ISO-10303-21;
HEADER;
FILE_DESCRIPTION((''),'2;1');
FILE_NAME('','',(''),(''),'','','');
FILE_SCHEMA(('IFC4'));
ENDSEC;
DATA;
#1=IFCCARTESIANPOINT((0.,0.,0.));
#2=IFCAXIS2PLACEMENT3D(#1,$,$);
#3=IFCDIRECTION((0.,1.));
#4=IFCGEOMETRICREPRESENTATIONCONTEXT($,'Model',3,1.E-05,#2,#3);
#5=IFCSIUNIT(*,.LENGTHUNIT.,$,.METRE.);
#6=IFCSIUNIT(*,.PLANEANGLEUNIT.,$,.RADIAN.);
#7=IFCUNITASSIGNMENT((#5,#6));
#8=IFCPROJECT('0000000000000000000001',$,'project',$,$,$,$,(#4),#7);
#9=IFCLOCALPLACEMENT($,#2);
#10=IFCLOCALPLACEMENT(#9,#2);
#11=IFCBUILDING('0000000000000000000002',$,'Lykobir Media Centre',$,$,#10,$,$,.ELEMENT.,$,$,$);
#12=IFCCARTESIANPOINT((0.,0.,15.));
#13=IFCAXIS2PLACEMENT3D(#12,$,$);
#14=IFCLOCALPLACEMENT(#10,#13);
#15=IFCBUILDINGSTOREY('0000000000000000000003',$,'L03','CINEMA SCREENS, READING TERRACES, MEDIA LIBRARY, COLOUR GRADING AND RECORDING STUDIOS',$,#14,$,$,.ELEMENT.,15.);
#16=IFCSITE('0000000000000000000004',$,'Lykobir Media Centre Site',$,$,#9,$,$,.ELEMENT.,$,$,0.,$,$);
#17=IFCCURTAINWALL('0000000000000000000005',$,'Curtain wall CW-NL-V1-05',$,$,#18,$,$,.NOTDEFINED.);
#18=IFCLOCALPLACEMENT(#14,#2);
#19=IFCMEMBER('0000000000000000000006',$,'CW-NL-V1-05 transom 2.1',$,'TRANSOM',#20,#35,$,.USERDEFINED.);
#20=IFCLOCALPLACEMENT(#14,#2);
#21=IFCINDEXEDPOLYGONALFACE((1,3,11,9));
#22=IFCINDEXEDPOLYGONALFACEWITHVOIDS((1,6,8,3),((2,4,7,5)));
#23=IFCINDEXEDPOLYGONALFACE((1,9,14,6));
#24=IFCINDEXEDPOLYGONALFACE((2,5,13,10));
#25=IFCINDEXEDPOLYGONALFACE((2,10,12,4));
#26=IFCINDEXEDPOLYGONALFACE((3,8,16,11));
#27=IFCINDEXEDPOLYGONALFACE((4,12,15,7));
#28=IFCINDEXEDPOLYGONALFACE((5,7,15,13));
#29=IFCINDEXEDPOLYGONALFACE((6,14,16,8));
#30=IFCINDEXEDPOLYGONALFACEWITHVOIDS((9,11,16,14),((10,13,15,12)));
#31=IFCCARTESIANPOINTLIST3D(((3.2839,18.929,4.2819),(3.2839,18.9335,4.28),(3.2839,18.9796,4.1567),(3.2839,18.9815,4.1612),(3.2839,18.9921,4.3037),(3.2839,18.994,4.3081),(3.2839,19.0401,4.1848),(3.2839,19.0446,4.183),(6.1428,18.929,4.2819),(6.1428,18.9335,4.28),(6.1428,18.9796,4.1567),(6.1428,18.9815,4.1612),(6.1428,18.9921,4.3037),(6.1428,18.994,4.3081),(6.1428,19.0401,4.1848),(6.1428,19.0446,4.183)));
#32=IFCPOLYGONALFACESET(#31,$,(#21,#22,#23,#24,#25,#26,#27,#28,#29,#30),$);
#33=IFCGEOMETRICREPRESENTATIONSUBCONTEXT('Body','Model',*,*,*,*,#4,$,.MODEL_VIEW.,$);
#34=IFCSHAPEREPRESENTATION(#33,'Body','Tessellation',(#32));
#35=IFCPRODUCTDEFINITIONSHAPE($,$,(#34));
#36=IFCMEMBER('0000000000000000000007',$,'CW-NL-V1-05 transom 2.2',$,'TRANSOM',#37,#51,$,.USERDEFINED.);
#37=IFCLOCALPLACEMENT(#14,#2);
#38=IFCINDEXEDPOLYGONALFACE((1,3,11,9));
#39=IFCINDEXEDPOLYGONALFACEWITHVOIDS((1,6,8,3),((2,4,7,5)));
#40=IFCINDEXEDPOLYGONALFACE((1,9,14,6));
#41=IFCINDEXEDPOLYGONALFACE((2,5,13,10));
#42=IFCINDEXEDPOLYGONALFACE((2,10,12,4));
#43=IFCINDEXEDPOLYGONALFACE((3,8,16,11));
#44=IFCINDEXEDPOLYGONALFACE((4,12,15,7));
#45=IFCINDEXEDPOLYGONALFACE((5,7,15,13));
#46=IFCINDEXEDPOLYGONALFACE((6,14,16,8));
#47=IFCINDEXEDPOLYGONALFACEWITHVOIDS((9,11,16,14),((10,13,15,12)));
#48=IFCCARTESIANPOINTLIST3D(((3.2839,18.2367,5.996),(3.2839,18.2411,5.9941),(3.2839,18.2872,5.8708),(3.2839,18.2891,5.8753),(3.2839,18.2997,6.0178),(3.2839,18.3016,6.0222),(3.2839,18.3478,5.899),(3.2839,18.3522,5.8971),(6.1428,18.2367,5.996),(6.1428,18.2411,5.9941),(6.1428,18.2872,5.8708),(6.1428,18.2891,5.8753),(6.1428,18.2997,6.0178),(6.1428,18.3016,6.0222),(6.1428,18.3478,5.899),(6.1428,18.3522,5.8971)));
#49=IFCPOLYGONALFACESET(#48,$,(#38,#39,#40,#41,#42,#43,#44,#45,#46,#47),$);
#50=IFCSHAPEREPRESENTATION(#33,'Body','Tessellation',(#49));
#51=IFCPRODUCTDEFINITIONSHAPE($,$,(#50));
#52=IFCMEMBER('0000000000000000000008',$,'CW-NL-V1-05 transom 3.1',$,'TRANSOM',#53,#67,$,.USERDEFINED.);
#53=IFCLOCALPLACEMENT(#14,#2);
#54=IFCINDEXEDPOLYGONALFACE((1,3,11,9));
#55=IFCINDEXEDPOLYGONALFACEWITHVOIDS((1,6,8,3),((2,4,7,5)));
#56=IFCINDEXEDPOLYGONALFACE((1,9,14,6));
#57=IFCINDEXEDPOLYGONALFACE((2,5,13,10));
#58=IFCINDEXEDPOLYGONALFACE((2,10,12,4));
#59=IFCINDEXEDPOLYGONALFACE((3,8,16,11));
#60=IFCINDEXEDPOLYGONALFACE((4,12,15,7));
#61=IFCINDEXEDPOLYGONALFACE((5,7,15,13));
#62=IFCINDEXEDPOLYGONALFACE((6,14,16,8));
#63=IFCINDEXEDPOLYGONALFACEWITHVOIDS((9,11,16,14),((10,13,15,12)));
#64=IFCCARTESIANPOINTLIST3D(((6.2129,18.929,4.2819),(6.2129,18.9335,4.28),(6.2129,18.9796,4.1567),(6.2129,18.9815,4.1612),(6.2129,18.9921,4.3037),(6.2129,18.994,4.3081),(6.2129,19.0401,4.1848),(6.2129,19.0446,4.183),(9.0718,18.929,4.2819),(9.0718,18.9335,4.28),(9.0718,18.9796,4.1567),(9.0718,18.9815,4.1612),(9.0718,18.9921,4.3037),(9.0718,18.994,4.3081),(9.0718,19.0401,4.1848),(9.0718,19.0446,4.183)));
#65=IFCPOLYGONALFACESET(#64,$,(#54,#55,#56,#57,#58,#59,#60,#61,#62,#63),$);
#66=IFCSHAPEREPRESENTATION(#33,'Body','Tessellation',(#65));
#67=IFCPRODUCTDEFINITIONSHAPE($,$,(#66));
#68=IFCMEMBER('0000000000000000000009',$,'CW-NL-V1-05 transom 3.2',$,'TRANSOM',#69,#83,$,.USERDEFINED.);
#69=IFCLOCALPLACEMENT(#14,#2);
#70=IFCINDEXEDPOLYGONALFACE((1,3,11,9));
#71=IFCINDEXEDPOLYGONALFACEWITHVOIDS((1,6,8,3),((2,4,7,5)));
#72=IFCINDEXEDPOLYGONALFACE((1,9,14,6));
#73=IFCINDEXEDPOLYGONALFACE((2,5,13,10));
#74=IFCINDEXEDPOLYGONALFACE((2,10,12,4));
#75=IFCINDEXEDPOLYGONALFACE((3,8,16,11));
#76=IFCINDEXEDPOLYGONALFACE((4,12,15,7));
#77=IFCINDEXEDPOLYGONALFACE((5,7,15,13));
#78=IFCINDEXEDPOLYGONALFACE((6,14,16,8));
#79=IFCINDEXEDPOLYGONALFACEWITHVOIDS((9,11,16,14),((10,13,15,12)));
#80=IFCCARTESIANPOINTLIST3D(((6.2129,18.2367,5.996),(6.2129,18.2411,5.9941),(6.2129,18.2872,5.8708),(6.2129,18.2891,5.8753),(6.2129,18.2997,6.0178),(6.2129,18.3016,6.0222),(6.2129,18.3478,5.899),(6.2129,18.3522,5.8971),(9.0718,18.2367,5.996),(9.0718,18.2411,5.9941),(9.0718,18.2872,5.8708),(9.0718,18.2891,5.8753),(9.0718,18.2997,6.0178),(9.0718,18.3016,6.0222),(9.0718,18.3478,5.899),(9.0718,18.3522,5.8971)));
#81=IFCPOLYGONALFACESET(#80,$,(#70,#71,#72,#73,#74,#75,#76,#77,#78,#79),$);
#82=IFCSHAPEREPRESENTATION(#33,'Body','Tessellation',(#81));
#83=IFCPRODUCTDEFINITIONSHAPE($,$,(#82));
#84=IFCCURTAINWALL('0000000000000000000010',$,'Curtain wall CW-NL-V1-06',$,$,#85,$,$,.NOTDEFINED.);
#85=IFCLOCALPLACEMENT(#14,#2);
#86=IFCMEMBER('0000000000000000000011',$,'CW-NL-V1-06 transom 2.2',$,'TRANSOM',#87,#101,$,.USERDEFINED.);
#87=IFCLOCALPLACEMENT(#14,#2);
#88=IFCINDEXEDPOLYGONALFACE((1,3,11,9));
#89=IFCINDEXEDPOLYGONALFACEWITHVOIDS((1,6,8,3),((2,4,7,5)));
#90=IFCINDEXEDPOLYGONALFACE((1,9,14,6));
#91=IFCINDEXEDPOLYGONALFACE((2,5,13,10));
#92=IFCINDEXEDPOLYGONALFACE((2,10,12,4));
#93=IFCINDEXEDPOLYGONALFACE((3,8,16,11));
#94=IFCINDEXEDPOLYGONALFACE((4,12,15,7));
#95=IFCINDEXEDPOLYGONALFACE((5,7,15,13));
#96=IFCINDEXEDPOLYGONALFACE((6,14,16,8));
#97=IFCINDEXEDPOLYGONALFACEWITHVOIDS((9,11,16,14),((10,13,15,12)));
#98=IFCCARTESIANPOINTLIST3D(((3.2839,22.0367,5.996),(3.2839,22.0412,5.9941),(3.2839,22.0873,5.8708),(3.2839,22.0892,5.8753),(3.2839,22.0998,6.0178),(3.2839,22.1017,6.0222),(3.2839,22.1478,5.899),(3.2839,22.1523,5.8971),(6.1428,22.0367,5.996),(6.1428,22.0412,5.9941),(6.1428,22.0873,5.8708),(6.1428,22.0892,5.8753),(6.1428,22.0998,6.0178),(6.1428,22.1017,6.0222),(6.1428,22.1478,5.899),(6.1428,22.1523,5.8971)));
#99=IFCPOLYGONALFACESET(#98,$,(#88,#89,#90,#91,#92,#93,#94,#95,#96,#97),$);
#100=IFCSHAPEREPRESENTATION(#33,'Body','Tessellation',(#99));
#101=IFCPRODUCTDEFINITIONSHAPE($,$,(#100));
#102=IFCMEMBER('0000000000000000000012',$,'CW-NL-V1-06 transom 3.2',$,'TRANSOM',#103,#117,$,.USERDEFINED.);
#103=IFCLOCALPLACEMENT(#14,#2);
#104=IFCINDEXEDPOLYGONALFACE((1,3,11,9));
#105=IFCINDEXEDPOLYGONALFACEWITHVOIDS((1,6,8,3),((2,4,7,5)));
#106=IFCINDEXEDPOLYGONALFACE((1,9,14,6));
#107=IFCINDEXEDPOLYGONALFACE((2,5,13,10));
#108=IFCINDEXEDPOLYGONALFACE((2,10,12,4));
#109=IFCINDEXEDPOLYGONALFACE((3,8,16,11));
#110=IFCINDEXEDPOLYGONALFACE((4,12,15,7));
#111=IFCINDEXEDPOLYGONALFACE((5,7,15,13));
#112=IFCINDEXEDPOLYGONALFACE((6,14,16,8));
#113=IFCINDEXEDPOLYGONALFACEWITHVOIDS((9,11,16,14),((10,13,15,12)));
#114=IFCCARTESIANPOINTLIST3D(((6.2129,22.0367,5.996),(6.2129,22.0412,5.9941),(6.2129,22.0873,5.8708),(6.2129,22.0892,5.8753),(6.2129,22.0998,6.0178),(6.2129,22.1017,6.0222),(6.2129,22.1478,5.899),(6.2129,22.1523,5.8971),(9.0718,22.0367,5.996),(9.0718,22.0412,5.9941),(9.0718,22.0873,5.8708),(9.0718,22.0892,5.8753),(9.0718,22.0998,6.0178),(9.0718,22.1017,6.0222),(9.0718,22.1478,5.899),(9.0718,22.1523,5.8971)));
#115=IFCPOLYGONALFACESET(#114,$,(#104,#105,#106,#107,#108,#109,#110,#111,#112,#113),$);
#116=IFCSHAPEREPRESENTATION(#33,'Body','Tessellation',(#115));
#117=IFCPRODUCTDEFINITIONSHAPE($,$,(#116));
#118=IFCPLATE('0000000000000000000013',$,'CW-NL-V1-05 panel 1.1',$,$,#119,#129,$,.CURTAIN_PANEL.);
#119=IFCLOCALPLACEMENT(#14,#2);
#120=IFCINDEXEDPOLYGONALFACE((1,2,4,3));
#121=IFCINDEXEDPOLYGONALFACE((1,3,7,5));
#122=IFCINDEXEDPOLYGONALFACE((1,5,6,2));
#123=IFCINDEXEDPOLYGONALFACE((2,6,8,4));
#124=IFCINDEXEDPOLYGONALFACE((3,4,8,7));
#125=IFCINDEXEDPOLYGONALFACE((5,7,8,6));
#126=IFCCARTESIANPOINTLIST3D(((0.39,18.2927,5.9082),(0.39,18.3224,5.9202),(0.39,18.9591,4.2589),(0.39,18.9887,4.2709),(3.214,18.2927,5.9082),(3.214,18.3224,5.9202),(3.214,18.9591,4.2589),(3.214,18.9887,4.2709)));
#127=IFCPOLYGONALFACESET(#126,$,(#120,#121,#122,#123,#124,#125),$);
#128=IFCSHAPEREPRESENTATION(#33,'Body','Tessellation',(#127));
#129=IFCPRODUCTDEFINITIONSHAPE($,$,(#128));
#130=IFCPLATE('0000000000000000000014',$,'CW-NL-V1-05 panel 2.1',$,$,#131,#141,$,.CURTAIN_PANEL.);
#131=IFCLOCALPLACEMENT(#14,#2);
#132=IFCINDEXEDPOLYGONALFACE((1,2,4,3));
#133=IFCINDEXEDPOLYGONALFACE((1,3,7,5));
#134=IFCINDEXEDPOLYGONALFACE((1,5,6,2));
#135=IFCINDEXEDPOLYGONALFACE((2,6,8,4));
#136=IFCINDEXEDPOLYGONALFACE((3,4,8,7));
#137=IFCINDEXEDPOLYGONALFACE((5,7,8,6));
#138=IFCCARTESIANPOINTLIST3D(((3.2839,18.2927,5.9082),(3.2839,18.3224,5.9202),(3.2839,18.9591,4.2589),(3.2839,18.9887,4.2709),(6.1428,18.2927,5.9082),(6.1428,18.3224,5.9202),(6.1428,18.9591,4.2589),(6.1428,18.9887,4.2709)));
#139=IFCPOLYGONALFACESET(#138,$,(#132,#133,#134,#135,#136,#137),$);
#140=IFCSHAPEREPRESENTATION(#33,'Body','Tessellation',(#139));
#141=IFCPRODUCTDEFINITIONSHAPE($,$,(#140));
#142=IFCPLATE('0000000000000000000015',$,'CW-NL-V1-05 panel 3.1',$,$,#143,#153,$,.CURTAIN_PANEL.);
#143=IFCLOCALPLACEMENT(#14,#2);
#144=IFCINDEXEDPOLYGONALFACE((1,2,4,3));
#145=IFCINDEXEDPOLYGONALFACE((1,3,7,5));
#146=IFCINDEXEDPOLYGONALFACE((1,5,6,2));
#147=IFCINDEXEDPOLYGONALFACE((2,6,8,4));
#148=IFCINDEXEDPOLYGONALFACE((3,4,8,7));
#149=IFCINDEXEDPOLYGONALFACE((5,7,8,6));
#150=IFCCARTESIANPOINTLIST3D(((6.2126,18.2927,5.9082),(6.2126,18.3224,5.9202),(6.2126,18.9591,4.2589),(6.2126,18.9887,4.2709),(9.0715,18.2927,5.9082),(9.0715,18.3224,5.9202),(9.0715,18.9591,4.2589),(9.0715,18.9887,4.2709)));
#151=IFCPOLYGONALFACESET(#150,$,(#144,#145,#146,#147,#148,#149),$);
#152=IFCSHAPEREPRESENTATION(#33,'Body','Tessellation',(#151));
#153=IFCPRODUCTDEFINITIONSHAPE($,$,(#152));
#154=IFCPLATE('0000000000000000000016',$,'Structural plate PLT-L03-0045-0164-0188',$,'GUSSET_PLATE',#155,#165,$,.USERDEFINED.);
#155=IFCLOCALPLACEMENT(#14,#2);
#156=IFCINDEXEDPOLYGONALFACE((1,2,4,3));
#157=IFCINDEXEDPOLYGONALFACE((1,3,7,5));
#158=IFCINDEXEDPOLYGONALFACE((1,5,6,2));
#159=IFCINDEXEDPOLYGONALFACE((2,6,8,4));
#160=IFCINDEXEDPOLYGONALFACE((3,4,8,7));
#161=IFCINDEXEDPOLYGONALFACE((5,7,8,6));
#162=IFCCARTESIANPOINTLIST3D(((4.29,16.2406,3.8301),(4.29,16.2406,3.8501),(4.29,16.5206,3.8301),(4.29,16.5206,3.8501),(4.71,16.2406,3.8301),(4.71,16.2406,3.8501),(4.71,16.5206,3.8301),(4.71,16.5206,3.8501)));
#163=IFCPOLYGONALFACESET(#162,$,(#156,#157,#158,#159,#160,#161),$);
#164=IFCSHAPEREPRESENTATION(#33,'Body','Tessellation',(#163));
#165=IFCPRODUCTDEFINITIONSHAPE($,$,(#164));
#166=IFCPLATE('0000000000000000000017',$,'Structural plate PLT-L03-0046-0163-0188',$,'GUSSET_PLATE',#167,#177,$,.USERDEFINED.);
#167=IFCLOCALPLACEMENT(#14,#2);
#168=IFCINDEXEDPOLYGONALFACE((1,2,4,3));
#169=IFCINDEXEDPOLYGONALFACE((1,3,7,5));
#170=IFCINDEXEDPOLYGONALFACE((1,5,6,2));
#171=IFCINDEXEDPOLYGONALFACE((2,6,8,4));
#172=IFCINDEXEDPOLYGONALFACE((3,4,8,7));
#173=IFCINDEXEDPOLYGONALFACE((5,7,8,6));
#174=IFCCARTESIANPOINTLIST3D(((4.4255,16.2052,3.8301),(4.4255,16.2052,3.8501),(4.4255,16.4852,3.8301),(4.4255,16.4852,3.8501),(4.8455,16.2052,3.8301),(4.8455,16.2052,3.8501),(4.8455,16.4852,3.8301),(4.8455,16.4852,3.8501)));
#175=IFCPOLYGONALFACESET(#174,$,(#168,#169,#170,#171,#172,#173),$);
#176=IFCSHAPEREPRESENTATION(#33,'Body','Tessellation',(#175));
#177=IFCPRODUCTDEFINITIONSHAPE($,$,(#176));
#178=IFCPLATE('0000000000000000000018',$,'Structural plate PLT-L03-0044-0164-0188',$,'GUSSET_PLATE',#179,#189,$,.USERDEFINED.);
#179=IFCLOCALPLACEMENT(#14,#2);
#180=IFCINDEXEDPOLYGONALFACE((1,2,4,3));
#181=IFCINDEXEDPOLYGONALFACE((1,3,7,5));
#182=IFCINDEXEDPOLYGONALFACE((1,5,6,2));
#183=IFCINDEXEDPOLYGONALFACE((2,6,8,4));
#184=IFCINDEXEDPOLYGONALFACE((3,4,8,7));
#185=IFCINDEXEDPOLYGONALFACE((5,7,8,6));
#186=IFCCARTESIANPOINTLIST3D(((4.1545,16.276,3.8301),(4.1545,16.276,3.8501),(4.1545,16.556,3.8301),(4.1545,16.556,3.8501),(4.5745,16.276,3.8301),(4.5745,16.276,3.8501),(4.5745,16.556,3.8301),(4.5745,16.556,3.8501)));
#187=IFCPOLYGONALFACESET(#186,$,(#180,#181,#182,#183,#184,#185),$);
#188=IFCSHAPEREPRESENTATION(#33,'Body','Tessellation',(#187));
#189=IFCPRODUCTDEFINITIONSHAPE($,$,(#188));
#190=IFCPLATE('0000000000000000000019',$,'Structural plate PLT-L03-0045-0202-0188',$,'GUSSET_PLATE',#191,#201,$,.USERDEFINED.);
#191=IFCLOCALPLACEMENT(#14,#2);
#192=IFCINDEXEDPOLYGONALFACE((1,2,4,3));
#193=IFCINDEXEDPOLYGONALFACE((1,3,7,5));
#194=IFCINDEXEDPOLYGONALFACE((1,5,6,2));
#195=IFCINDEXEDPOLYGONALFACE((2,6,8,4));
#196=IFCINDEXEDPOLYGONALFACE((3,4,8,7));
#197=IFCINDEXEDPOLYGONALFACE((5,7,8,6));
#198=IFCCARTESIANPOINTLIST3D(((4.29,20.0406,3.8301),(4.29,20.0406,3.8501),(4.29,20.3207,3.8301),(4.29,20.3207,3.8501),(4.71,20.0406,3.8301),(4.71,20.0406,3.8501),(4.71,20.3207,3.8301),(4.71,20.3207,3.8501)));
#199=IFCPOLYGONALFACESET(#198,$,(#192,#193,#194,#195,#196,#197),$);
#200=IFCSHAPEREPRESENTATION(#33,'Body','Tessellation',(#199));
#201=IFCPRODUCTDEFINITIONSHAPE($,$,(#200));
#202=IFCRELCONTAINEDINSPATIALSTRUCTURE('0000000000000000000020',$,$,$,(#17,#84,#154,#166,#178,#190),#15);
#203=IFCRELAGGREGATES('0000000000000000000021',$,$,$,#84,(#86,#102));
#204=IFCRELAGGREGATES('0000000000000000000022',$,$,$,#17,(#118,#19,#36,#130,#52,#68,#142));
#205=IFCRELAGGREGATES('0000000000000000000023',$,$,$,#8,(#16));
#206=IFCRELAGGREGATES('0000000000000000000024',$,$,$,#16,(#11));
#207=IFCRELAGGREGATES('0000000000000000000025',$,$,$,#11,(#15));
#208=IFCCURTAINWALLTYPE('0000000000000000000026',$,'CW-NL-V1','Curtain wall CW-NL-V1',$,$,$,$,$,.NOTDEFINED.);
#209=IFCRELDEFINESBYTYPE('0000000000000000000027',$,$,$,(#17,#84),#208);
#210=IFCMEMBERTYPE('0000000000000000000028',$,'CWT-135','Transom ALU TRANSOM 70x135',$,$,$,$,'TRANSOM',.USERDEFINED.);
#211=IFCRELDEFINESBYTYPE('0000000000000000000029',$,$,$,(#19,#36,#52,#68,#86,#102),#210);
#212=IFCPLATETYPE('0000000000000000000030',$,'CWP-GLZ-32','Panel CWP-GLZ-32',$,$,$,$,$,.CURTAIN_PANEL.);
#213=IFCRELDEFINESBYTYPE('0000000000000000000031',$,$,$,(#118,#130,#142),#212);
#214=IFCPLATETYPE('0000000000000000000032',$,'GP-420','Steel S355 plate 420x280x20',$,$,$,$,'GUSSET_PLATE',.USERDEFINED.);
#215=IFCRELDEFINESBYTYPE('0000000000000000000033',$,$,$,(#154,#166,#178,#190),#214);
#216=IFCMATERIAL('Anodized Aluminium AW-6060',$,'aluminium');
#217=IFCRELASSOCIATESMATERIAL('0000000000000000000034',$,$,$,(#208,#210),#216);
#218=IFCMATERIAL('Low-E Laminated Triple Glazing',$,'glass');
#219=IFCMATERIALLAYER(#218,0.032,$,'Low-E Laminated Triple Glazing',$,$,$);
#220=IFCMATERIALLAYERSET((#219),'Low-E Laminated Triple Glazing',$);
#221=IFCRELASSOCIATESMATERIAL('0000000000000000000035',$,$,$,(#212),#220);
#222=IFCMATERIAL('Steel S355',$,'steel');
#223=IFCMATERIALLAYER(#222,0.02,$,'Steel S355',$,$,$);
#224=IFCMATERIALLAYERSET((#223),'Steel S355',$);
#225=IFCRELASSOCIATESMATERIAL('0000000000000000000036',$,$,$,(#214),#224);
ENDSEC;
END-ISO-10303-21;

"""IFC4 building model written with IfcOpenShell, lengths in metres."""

from ifc_helpers import new_model, si_unit, direction, frame, origin, origin_2d, place, context, subcontext, project, spatial, rectangle, hollow_rectangle, extrude, material, layer, layer_set, material_profile, profile_set, type_object, element, aggregate, save


model = new_model("IFC4")

# Units and contexts
model_context = context("Model", 3, precision=1e-05, world=origin(), true_north=direction((0.0, 1.0)))
body_context = subcontext(model_context, "Body", "Model", "MODEL_VIEW")
ifc_project = project(units=[si_unit("LENGTHUNIT", "METRE"), si_unit("PLANEANGLEUNIT", "RADIAN")], contexts=[model_context])

# Site, building, storey
site_placement = place(None, origin())
site = spatial("IfcSite", under=ifc_project, at=site_placement, Name="Lykobir Media Centre Site", CompositionType="ELEMENT", RefElevation=0.0)
building_placement = place(site_placement, origin())
building = spatial("IfcBuilding", under=site, at=building_placement, Name="Lykobir Media Centre", CompositionType="ELEMENT")
storey_placement = place(building_placement, frame((0.0, 0.0, 15.0)))
storey = spatial("IfcBuildingStorey", under=building, at=storey_placement, Name="L03", Description="CINEMA SCREENS, READING TERRACES, MEDIA LIBRARY, COLOUR GRADING AND RECORDING STUDIOS", CompositionType="ELEMENT", Elevation=15.0)

# Shared definitions
ifc_material_1 = material(Name="Steel S355", Category="steel")

# Curtain wall
ifc_material_2 = material(Name="Anodized Aluminium AW-6060", Category="aluminium")
curtain_wall_type = type_object("IfcCurtainWallType", Name="CW-NL-V1", Description="Curtain wall CW-NL-V1", PredefinedType="NOTDEFINED", material=ifc_material_2)
curtain_wall_1_placement = place(storey_placement, origin())
curtain_wall_1 = element("IfcCurtainWall", 1, at=curtain_wall_1_placement, inside=storey, type_object=curtain_wall_type, Name="Curtain wall CW-NL-V1-05", PredefinedType="NOTDEFINED")

# Members
ifc_material_profile_1 = material_profile(ifc_material_2, hollow_rectangle(XDim=0.0701, YDim=0.135, WallThickness=0.0034, at=origin_2d()), Name="ALU TRANSOM 70x135")
ifc_profile_set_1 = profile_set([ifc_material_profile_1], Name="Anodized Aluminium AW-6060")
member_type_1 = type_object("IfcMemberType", Name="CWT-135", Description="Transom ALU TRANSOM 70x135", ElementType="TRANSOM", PredefinedType="USERDEFINED", material=ifc_profile_set_1)
member_1_placement = place(storey_placement, frame((3.2839, 18.9868, 4.2324), z_axis=(1.0, 0.0, 0.0), x_axis=(0.0, 0.927184, 0.374607)))
member_1 = element("IfcMember", 2, at=member_1_placement, type_object=member_type_1, Name="CW-NL-V1-05 transom 2.1", ObjectType="TRANSOM", PredefinedType="USERDEFINED", context=body_context, shape_type="SweptSolid", body=[
    extrude(hollow_rectangle(XDim=0.0701, YDim=0.135, WallThickness=0.0034, at=origin_2d()), origin(), (0.0, 0.0, 1.0), 2.8589),
])
member_2_placement = place(storey_placement, frame((3.2839, 18.2944, 5.9465), z_axis=(1.0, 0.0, 0.0), x_axis=(0.0, 0.927184, 0.374607)))
member_2 = element("IfcMember", 3, at=member_2_placement, type_object=member_type_1, Name="CW-NL-V1-05 transom 2.2", ObjectType="TRANSOM", PredefinedType="USERDEFINED", context=body_context, shape_type="SweptSolid", body=[
    extrude(hollow_rectangle(XDim=0.0701, YDim=0.135, WallThickness=0.0034, at=origin_2d()), origin(), (0.0, 0.0, 1.0), 2.8589),
])
member_3_placement = place(storey_placement, frame((6.2129, 18.9868, 4.2324), z_axis=(1.0, 0.0, 0.0), x_axis=(0.0, 0.927184, 0.374607)))
member_3 = element("IfcMember", 4, at=member_3_placement, type_object=member_type_1, Name="CW-NL-V1-05 transom 3.1", ObjectType="TRANSOM", PredefinedType="USERDEFINED", context=body_context, shape_type="SweptSolid", body=[
    extrude(hollow_rectangle(XDim=0.0701, YDim=0.135, WallThickness=0.0034, at=origin_2d()), origin(), (0.0, 0.0, 1.0), 2.8589),
])
member_4_placement = place(storey_placement, frame((6.2129, 18.2944, 5.9465), z_axis=(1.0, 0.0, 0.0), x_axis=(0.0, 0.927184, 0.374607)))
member_4 = element("IfcMember", 5, at=member_4_placement, type_object=member_type_1, Name="CW-NL-V1-05 transom 3.2", ObjectType="TRANSOM", PredefinedType="USERDEFINED", context=body_context, shape_type="SweptSolid", body=[
    extrude(hollow_rectangle(XDim=0.0701, YDim=0.135, WallThickness=0.0034, at=origin_2d()), origin(), (0.0, 0.0, 1.0), 2.8589),
])

# Curtain wall, members
curtain_wall_2_placement = place(storey_placement, origin())
curtain_wall_2 = element("IfcCurtainWall", 6, at=curtain_wall_2_placement, inside=storey, type_object=curtain_wall_type, Name="Curtain wall CW-NL-V1-06", PredefinedType="NOTDEFINED")
member_5_placement = place(storey_placement, frame((3.2839, 22.0945, 5.9465), z_axis=(1.0, 0.0, 0.0), x_axis=(0.0, 0.927184, 0.374607)))
member_5 = element("IfcMember", 7, at=member_5_placement, type_object=member_type_1, Name="CW-NL-V1-06 transom 2.2", ObjectType="TRANSOM", PredefinedType="USERDEFINED", context=body_context, shape_type="SweptSolid", body=[
    extrude(hollow_rectangle(XDim=0.0701, YDim=0.135, WallThickness=0.0034, at=origin_2d()), origin(), (0.0, 0.0, 1.0), 2.8589),
])
member_6_placement = place(storey_placement, frame((6.2129, 22.0945, 5.9465), z_axis=(1.0, 0.0, 0.0), x_axis=(0.0, 0.927184, 0.374607)))
member_6 = element("IfcMember", 8, at=member_6_placement, type_object=member_type_1, Name="CW-NL-V1-06 transom 3.2", ObjectType="TRANSOM", PredefinedType="USERDEFINED", context=body_context, shape_type="SweptSolid", body=[
    extrude(hollow_rectangle(XDim=0.0701, YDim=0.135, WallThickness=0.0034, at=origin_2d()), origin(), (0.0, 0.0, 1.0), 2.8589),
])
aggregate(curtain_wall_2, [member_5, member_6])

# Plates
ifc_material_3 = material(Name="Low-E Laminated Triple Glazing", Category="glass")
ifc_layer_1 = layer(ifc_material_3, 0.032, Name="Low-E Laminated Triple Glazing")
ifc_layer_set_1 = layer_set([ifc_layer_1], Name="Low-E Laminated Triple Glazing")
plate_type_1 = type_object("IfcPlateType", Name="CWP-GLZ-32", Description="Panel CWP-GLZ-32", PredefinedType="CURTAIN_PANEL", material=ifc_layer_set_1)
plate_1_placement = place(storey_placement, frame((1.802, 18.9739, 4.2649), z_axis=(0.0, -0.374607, 0.927184), x_axis=(1.0, 0.0, 0.0)))
plate_1 = element("IfcPlate", 9, at=plate_1_placement, type_object=plate_type_1, Name="CW-NL-V1-05 panel 1.1", PredefinedType="CURTAIN_PANEL", context=body_context, shape_type="SweptSolid", body=[
    extrude(rectangle(XDim=2.824, YDim=0.032, at=origin_2d()), origin(), (0.0, 0.0, 1.0), 1.7788),
])
plate_2_placement = place(storey_placement, frame((4.7134, 18.9739, 4.2649), z_axis=(0.0, -0.374607, 0.927184), x_axis=(1.0, 0.0, 0.0)))
plate_2 = element("IfcPlate", 10, at=plate_2_placement, type_object=plate_type_1, Name="CW-NL-V1-05 panel 2.1", PredefinedType="CURTAIN_PANEL", context=body_context, shape_type="SweptSolid", body=[
    extrude(rectangle(XDim=2.8589, YDim=0.032, at=origin_2d()), origin(), (0.0, 0.0, 1.0), 1.7788),
])
plate_3_placement = place(storey_placement, frame((7.6421, 18.9739, 4.2649), z_axis=(0.0, -0.374607, 0.927184), x_axis=(1.0, 0.0, 0.0)))
plate_3 = element("IfcPlate", 11, at=plate_3_placement, type_object=plate_type_1, Name="CW-NL-V1-05 panel 3.1", PredefinedType="CURTAIN_PANEL", context=body_context, shape_type="SweptSolid", body=[
    extrude(rectangle(XDim=2.8589, YDim=0.032, at=origin_2d()), origin(), (0.0, 0.0, 1.0), 1.7788),
])
aggregate(curtain_wall_1, [plate_1, member_1, member_2, plate_2, member_3, member_4, plate_3])

# Plates
ifc_layer_2 = layer(ifc_material_1, 0.02, Name="Steel S355")
ifc_layer_set_2 = layer_set([ifc_layer_2], Name="Steel S355")
plate_type_2 = type_object("IfcPlateType", Name="GP-420", Description="Steel S355 plate 420x280x20", ElementType="GUSSET_PLATE", PredefinedType="USERDEFINED", material=ifc_layer_set_2)
for number, where, z_axis, x_axis, name in (
    (12, (4.5, 16.3806, 3.8301), (0.0, 0.0, 1.0), (1.0, 0.0, 0.0), "Structural plate PLT-L03-0045-0164-0188"),
    (13, (4.6355, 16.3452, 3.8301), (0.0, 0.0, 1.0), (1.0, 0.0, 0.0), "Structural plate PLT-L03-0046-0163-0188"),
    (14, (4.3645, 16.416, 3.8301), (0.0, 0.0, 1.0), (1.0, 0.0, 0.0), "Structural plate PLT-L03-0044-0164-0188"),
    (15, (4.5, 20.1807, 3.8301), (0.0, 0.0, 1.0), (1.0, 0.0, 0.0), "Structural plate PLT-L03-0045-0202-0188"),
):
    element("IfcPlate", number, at=place(storey_placement, frame(where, z_axis=z_axis, x_axis=x_axis)), inside=storey, type_object=plate_type_2, Name=name, ObjectType="GUSSET_PLATE", PredefinedType="USERDEFINED", context=body_context, shape_type="SweptSolid", body=[
        extrude(rectangle(XDim=0.4199, YDim=0.28, at=origin_2d()), origin(), (0.0, 0.0, 1.0), 0.02),
    ])

save(model, "model.ifc")
